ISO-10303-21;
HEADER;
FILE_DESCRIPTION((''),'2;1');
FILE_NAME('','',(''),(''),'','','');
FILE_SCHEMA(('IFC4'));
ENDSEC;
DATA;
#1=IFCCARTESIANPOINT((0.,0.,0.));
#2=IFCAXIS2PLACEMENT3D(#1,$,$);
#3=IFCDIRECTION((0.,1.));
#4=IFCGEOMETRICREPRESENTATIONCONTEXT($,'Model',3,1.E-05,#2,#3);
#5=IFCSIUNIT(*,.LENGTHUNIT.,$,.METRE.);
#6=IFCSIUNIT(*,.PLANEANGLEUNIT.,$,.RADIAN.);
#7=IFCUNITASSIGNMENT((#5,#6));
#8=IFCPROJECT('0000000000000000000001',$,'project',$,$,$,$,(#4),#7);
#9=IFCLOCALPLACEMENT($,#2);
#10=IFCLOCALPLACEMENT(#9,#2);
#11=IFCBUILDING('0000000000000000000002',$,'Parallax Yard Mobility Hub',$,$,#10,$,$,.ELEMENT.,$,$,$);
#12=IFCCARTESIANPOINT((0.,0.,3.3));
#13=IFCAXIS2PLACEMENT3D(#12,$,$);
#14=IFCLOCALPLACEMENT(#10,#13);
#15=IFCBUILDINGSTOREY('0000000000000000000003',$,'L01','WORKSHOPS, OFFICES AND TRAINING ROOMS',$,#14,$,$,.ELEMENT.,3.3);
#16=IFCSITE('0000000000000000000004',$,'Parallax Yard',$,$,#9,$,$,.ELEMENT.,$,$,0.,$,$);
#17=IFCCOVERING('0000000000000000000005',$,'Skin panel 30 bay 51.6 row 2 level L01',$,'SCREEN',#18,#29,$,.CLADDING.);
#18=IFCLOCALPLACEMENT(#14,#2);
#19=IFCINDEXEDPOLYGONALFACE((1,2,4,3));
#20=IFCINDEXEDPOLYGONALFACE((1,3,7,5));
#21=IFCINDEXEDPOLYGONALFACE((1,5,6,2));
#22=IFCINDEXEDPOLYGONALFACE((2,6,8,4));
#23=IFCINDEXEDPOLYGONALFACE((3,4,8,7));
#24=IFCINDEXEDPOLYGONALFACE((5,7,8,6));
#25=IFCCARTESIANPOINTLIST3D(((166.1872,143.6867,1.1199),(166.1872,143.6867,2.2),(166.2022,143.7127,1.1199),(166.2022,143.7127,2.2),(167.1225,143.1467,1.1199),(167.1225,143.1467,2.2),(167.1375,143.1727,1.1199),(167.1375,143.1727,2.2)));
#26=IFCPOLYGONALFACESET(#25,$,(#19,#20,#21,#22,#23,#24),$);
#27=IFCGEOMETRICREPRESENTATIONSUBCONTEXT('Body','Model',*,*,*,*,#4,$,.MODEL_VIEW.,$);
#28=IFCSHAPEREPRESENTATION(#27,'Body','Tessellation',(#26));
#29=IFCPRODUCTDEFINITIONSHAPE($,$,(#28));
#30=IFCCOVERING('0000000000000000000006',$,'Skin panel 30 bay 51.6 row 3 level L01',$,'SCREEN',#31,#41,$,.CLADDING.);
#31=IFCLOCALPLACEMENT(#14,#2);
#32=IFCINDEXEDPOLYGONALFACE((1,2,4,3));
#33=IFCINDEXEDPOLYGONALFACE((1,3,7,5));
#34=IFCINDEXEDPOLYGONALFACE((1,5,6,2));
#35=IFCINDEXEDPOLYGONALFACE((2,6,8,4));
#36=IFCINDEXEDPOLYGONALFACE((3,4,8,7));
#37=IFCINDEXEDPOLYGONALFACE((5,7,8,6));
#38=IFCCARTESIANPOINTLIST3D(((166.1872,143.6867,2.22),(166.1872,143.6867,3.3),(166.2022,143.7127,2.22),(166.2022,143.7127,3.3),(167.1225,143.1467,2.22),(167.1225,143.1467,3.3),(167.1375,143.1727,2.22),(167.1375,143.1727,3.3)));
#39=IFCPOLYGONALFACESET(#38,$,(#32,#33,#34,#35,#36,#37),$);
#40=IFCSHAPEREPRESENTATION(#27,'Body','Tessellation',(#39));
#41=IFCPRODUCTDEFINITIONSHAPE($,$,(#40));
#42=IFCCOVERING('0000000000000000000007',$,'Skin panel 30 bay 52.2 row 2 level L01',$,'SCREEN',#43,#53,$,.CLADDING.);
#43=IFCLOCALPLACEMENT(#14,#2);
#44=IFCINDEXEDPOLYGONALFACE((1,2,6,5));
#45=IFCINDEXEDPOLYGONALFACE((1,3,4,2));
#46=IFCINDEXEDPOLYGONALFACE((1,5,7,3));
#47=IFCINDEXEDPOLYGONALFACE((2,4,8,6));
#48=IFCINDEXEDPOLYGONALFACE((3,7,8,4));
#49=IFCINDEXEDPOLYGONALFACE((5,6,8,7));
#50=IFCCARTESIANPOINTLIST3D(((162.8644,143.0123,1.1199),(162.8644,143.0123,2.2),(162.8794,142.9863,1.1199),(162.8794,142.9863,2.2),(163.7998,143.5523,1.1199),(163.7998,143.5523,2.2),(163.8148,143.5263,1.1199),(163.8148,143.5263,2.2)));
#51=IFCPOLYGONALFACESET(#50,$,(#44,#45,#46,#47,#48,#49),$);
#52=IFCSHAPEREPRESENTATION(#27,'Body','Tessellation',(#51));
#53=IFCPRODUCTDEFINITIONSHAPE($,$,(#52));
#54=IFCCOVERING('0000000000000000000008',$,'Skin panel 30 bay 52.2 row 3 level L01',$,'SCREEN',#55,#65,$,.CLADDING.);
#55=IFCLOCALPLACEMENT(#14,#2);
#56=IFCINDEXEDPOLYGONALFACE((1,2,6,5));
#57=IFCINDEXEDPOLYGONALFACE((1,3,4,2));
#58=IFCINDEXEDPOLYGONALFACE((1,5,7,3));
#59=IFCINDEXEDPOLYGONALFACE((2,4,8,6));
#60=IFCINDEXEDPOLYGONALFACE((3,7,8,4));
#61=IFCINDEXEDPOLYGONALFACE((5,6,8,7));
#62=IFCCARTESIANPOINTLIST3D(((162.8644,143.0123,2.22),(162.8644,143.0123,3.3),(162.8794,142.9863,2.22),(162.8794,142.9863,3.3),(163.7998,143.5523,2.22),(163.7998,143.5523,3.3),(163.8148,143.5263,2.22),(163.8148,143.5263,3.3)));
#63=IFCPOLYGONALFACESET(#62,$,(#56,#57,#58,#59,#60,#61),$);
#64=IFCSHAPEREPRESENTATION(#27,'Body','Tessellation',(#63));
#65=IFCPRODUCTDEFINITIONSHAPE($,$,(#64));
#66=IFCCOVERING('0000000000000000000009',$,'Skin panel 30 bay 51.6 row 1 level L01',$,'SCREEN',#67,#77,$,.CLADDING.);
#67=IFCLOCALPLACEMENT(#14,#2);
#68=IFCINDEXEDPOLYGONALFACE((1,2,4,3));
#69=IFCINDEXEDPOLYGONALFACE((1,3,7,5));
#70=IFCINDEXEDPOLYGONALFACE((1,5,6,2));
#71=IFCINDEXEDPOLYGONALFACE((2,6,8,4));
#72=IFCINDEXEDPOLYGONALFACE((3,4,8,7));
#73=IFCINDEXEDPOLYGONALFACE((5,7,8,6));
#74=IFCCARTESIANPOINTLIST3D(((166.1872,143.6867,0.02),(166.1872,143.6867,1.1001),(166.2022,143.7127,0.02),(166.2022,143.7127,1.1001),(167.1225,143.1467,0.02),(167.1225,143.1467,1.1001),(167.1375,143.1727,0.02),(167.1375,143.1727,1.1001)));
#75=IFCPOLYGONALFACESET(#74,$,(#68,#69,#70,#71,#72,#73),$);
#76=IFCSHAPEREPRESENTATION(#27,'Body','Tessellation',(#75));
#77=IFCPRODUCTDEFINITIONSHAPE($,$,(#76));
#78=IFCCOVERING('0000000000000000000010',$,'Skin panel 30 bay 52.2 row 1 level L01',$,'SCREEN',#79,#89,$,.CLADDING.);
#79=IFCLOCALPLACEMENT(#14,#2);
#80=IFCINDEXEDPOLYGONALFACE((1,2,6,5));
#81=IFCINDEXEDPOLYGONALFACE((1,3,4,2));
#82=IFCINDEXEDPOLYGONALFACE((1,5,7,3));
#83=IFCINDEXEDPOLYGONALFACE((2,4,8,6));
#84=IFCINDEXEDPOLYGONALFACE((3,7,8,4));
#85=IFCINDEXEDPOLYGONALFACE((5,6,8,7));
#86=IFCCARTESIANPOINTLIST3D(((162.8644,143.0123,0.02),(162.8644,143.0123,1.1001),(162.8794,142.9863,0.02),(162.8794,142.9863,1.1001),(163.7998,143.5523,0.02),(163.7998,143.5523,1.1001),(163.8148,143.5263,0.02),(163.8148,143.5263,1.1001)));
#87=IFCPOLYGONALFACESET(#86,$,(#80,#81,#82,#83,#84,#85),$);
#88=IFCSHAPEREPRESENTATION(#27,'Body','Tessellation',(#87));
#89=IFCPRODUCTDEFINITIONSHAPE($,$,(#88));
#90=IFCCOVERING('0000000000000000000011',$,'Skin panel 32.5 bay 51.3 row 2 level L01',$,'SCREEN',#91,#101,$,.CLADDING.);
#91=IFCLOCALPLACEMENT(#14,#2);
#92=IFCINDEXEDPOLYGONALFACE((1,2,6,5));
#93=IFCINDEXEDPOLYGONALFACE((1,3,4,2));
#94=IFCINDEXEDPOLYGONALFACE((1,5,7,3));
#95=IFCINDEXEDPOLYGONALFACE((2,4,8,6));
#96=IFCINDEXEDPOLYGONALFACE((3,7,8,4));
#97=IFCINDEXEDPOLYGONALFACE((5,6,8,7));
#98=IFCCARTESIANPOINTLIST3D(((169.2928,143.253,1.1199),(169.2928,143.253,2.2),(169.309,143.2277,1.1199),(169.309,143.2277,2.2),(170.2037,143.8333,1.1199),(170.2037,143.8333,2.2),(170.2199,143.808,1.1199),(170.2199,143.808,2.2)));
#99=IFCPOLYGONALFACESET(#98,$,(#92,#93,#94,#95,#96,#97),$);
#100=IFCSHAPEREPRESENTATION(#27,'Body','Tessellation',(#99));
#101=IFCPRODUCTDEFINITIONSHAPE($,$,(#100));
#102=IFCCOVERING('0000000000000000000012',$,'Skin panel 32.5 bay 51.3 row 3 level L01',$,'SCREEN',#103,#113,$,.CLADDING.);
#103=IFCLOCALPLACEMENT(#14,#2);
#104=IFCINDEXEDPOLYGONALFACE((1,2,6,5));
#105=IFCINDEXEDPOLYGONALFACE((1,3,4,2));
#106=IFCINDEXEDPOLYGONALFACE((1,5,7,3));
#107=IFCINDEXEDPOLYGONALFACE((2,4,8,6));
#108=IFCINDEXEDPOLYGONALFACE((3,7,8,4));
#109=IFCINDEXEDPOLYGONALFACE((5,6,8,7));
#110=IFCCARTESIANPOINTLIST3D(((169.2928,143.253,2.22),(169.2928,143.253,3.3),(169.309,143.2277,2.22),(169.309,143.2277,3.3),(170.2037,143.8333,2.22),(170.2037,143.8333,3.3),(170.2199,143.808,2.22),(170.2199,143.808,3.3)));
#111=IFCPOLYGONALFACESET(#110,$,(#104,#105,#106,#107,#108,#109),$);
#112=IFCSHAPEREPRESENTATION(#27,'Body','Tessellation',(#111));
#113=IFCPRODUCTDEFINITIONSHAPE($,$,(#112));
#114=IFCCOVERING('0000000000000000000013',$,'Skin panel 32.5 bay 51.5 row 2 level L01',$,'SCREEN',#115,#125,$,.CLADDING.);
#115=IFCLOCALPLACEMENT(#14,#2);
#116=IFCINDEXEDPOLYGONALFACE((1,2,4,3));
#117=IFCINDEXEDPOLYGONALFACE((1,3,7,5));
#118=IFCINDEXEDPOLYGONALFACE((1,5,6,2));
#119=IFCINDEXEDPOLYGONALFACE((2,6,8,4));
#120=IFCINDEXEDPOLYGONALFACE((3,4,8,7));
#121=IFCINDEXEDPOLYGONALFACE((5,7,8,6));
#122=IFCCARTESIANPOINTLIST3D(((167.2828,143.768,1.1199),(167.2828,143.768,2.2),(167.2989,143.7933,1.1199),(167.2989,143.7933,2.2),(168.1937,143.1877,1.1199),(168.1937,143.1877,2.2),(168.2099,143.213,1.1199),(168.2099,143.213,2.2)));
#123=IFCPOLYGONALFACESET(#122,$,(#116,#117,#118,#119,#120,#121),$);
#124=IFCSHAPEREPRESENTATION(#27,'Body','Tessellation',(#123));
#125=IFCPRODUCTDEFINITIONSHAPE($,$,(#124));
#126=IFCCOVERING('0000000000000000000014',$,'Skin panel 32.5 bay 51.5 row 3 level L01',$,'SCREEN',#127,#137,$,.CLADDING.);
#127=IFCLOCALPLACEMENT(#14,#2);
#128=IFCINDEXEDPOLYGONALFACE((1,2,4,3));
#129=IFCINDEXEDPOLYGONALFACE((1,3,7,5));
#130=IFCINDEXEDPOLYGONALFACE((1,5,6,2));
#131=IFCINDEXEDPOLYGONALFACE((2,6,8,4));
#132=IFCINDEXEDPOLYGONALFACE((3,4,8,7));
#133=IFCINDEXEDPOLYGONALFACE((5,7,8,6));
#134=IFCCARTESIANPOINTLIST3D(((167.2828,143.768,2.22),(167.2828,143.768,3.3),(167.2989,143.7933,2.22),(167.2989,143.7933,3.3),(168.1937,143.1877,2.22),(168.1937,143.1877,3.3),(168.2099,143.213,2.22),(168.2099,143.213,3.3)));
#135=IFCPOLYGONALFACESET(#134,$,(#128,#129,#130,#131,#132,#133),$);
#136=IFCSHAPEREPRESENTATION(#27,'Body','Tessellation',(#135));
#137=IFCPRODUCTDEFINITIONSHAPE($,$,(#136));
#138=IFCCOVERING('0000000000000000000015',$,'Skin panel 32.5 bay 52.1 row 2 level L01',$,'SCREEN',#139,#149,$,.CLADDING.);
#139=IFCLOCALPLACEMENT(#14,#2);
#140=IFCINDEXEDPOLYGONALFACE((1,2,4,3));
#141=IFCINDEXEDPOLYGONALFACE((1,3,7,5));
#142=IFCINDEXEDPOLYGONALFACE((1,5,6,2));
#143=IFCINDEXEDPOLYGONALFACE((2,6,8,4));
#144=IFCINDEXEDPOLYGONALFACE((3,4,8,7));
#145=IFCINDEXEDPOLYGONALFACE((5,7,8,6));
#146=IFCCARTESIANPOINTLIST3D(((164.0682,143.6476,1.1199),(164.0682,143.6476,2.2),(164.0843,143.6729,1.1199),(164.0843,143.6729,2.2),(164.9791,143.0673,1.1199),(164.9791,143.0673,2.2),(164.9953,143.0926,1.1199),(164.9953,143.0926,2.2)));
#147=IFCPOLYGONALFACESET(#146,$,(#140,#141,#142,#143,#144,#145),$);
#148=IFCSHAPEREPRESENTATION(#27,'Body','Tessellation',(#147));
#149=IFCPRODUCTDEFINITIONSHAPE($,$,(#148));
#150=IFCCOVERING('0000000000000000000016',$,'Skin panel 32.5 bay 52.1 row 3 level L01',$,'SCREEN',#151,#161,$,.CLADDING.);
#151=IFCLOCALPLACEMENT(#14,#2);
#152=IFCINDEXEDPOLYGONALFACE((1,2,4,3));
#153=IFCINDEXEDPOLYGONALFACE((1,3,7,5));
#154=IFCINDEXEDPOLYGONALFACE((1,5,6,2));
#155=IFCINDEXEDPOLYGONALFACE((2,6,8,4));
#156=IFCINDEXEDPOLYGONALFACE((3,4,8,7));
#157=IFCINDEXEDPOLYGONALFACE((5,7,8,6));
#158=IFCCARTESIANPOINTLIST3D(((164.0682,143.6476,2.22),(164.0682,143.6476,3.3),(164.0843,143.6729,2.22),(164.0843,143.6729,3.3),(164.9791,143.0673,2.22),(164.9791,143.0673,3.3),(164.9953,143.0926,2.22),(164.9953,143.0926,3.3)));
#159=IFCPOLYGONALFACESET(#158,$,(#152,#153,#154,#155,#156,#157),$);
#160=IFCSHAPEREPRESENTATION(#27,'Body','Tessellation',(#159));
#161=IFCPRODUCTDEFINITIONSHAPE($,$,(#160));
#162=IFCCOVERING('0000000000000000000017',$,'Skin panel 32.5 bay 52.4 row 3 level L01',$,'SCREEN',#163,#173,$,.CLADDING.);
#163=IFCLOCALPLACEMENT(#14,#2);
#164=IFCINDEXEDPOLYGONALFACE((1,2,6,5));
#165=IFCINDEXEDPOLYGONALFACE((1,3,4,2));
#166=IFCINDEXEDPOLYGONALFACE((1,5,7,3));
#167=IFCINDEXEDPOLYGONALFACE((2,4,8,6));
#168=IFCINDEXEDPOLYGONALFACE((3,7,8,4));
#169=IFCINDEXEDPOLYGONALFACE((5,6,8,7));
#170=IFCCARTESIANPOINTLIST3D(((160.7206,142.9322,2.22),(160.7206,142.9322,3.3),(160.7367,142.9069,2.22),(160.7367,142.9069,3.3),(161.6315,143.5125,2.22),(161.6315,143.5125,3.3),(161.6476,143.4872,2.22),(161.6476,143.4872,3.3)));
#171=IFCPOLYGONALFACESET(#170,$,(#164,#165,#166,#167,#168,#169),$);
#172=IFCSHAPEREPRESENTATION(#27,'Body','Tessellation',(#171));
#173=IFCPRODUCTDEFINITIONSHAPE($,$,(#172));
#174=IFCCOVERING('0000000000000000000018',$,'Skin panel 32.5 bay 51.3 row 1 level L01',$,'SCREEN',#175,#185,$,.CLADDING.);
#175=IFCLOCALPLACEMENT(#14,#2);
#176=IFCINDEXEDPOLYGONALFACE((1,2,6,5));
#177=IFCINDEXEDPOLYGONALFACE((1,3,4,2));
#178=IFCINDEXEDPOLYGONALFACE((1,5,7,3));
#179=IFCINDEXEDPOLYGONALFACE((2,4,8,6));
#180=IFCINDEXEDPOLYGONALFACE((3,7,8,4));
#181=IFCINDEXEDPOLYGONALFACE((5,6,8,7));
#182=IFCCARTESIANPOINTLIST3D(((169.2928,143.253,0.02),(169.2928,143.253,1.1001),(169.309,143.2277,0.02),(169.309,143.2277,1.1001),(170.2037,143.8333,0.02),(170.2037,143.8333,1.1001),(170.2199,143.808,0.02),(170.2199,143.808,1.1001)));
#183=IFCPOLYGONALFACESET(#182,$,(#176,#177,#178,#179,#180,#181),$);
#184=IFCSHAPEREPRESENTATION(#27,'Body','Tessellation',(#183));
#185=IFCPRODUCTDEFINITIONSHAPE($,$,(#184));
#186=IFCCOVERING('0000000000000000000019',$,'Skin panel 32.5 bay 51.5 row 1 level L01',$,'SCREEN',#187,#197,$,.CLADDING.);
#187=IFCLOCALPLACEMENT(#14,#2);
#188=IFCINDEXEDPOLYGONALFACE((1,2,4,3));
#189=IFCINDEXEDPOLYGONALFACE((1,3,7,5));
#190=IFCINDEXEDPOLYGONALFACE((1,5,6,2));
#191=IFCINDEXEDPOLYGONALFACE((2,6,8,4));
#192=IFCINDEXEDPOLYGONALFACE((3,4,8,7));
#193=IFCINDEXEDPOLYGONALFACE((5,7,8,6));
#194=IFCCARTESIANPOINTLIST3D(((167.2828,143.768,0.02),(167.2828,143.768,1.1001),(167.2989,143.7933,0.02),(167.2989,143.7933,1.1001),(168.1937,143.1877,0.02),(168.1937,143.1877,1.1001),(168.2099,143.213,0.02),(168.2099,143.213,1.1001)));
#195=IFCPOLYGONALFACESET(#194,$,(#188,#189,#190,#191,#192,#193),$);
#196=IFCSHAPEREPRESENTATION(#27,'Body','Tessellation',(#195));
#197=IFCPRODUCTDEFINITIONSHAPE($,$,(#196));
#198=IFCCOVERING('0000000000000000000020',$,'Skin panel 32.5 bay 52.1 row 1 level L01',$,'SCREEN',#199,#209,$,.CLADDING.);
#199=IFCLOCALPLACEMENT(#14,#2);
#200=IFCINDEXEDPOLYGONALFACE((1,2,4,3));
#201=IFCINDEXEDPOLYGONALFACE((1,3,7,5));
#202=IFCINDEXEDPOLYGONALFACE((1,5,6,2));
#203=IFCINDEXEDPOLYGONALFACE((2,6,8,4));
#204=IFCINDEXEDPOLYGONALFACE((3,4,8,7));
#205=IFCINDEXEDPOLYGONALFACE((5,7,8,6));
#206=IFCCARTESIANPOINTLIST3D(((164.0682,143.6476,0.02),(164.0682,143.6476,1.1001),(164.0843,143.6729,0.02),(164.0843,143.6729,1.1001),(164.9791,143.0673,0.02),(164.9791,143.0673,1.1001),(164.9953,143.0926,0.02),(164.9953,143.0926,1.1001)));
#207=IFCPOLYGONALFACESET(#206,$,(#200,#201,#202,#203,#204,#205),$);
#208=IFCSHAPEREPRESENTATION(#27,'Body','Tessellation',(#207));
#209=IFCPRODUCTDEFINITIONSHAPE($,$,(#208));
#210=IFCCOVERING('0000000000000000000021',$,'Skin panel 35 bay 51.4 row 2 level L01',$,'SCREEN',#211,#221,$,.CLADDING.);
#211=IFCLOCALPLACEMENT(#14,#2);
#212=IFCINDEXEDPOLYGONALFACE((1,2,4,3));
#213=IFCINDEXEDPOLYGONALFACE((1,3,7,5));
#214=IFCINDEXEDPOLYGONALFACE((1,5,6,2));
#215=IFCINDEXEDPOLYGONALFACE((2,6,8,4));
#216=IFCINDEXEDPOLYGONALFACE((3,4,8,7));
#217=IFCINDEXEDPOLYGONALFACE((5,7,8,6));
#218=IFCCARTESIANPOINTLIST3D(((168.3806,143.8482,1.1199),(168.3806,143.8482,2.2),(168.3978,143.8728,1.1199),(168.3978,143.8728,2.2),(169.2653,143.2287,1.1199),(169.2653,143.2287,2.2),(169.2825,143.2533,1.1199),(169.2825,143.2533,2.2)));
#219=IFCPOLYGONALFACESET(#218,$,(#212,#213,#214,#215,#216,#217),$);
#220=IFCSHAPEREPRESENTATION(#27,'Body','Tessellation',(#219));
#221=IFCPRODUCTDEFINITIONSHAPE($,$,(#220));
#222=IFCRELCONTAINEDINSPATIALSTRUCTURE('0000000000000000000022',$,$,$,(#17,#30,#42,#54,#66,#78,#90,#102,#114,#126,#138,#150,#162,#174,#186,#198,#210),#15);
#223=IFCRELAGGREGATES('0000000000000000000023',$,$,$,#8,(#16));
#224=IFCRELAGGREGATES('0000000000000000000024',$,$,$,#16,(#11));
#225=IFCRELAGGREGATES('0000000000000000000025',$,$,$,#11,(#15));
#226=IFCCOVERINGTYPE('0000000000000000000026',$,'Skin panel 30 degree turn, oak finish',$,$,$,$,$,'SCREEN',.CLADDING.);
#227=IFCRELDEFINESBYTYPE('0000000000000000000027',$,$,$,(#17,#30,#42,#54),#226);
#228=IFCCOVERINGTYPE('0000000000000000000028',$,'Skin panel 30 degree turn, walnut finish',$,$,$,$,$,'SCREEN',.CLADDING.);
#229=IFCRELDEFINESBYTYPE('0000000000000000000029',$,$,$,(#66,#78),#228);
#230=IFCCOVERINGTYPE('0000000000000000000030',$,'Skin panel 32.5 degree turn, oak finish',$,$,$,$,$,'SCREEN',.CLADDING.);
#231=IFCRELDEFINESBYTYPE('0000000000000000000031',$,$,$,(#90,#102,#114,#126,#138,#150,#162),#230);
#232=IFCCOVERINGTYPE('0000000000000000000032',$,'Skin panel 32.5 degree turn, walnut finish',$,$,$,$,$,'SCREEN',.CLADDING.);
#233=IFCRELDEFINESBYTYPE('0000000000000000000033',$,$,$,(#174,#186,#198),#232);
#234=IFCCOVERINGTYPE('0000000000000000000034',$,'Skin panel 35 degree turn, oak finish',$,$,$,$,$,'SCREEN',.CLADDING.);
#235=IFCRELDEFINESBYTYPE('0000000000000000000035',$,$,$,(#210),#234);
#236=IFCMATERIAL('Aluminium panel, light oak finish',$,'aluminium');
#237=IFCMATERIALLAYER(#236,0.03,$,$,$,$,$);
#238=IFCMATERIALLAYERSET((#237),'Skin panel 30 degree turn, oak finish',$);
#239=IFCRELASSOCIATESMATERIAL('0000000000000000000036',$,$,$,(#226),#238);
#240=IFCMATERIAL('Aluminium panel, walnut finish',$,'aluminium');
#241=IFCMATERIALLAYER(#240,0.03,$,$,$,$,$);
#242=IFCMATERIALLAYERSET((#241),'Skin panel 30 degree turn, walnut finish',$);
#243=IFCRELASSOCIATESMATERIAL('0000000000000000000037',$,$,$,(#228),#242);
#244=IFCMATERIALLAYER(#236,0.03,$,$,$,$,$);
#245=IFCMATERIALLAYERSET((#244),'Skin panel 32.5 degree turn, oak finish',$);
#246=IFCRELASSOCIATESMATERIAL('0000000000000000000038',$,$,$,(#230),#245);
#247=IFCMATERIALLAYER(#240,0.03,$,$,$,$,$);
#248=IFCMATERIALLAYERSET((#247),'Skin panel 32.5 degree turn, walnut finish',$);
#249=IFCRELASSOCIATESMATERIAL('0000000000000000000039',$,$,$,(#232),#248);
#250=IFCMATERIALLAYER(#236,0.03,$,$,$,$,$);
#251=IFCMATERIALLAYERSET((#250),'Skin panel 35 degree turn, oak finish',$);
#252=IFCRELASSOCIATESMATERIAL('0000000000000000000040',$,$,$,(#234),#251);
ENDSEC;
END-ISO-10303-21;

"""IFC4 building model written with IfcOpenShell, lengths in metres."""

from ifc_helpers import new_model, si_unit, direction, frame, origin, origin_2d, place, context, subcontext, project, spatial, rectangle, extrude, material, layer, layer_set, type_object, element, save


model = new_model("IFC4")

# Units and contexts
model_context = context("Model", 3, precision=1e-05, world=origin(), true_north=direction((0.0, 1.0)))
body_context = subcontext(model_context, "Body", "Model", "MODEL_VIEW")
ifc_project = project(units=[si_unit("LENGTHUNIT", "METRE"), si_unit("PLANEANGLEUNIT", "RADIAN")], contexts=[model_context])

# Site, building, storey
site_placement = place(None, origin())
site = spatial("IfcSite", under=ifc_project, at=site_placement, Name="Parallax Yard", CompositionType="ELEMENT", RefElevation=0.0)
building_placement = place(site_placement, origin())
building = spatial("IfcBuilding", under=site, at=building_placement, Name="Parallax Yard Mobility Hub", CompositionType="ELEMENT")
storey_placement = place(building_placement, frame((0.0, 0.0, 3.3)))
storey = spatial("IfcBuildingStorey", under=building, at=storey_placement, Name="L01", Description="WORKSHOPS, OFFICES AND TRAINING ROOMS", CompositionType="ELEMENT", Elevation=3.3)

# Coverings
ifc_material_1 = material(Name="Aluminium panel, light oak finish", Category="aluminium")
ifc_layer_1 = layer(ifc_material_1, 0.03)
ifc_layer_set_1 = layer_set([ifc_layer_1], Name="Skin panel 30 degree turn, oak finish")
covering_type_1 = type_object("IfcCoveringType", Name="Skin panel 30 degree turn, oak finish", ElementType="SCREEN", PredefinedType="CLADDING", material=ifc_layer_set_1)
for number, where, z_axis, x_axis, name in (
    (1, (166.6624, 143.4297, 1.1199), (0.0, 0.0, 1.0), (-0.866025, 0.5, 0.0), "Skin panel 30 bay 51.6 row 2 level L01"),
    (2, (166.6624, 143.4297, 2.22), (0.0, 0.0, 1.0), (-0.866025, 0.5, 0.0), "Skin panel 30 bay 51.6 row 3 level L01"),
    (3, (163.3396, 143.2693, 1.1199), (0.0, 0.0, 1.0), (0.866025, 0.5, 0.0), "Skin panel 30 bay 52.2 row 2 level L01"),
    (4, (163.3396, 143.2693, 2.22), (0.0, 0.0, 1.0), (0.866025, 0.5, 0.0), "Skin panel 30 bay 52.2 row 3 level L01"),
):
    element("IfcCovering", number, at=place(storey_placement, frame(where, z_axis=z_axis, x_axis=x_axis)), inside=storey, type_object=covering_type_1, Name=name, ObjectType="SCREEN", PredefinedType="CLADDING", context=body_context, shape_type="SweptSolid", body=[
        extrude(rectangle(XDim=1.0801, YDim=0.03, at=origin_2d()), origin(), (0.0, 0.0, 1.0), 1.0801),
    ])
ifc_material_2 = material(Name="Aluminium panel, walnut finish", Category="aluminium")
ifc_layer_2 = layer(ifc_material_2, 0.03)
ifc_layer_set_2 = layer_set([ifc_layer_2], Name="Skin panel 30 degree turn, walnut finish")
covering_type_2 = type_object("IfcCoveringType", Name="Skin panel 30 degree turn, walnut finish", ElementType="SCREEN", PredefinedType="CLADDING", material=ifc_layer_set_2)
for number, where, z_axis, x_axis, name in (
    (5, (166.6624, 143.4297, 0.02), (0.0, 0.0, 1.0), (-0.866025, 0.5, 0.0), "Skin panel 30 bay 51.6 row 1 level L01"),
    (6, (163.3396, 143.2693, 0.02), (0.0, 0.0, 1.0), (0.866025, 0.5, 0.0), "Skin panel 30 bay 52.2 row 1 level L01"),
):
    element("IfcCovering", number, at=place(storey_placement, frame(where, z_axis=z_axis, x_axis=x_axis)), inside=storey, type_object=covering_type_2, Name=name, ObjectType="SCREEN", PredefinedType="CLADDING", context=body_context, shape_type="SweptSolid", body=[
        extrude(rectangle(XDim=1.0801, YDim=0.03, at=origin_2d()), origin(), (0.0, 0.0, 1.0), 1.0801),
    ])
ifc_layer_3 = layer(ifc_material_1, 0.03)
ifc_layer_set_3 = layer_set([ifc_layer_3], Name="Skin panel 32.5 degree turn, oak finish")
covering_type_3 = type_object("IfcCoveringType", Name="Skin panel 32.5 degree turn, oak finish", ElementType="SCREEN", PredefinedType="CLADDING", material=ifc_layer_set_3)
for number, where, z_axis, x_axis, name in (
    (7, (169.7563, 143.5305, 1.1199), (0.0, 0.0, 1.0), (0.843391, 0.5373, 0.0), "Skin panel 32.5 bay 51.3 row 2 level L01"),
    (8, (169.7563, 143.5305, 2.22), (0.0, 0.0, 1.0), (0.843391, 0.5373, 0.0), "Skin panel 32.5 bay 51.3 row 3 level L01"),
    (9, (167.7463, 143.4905, 1.1199), (0.0, 0.0, 1.0), (-0.843391, 0.5373, 0.0), "Skin panel 32.5 bay 51.5 row 2 level L01"),
    (10, (167.7463, 143.4905, 2.22), (0.0, 0.0, 1.0), (-0.843391, 0.5373, 0.0), "Skin panel 32.5 bay 51.5 row 3 level L01"),
    (11, (164.5317, 143.3701, 1.1199), (0.0, 0.0, 1.0), (-0.843391, 0.5373, 0.0), "Skin panel 32.5 bay 52.1 row 2 level L01"),
    (12, (164.5317, 143.3701, 2.22), (0.0, 0.0, 1.0), (-0.843391, 0.5373, 0.0), "Skin panel 32.5 bay 52.1 row 3 level L01"),
    (13, (161.1841, 143.2097, 2.22), (0.0, 0.0, 1.0), (0.843391, 0.5373, 0.0), "Skin panel 32.5 bay 52.4 row 3 level L01"),
):
    element("IfcCovering", number, at=place(storey_placement, frame(where, z_axis=z_axis, x_axis=x_axis)), inside=storey, type_object=covering_type_3, Name=name, ObjectType="SCREEN", PredefinedType="CLADDING", context=body_context, shape_type="SweptSolid", body=[
        extrude(rectangle(XDim=1.0801, YDim=0.03, at=origin_2d()), origin(), (0.0, 0.0, 1.0), 1.0801),
    ])
ifc_layer_4 = layer(ifc_material_2, 0.03)
ifc_layer_set_4 = layer_set([ifc_layer_4], Name="Skin panel 32.5 degree turn, walnut finish")
covering_type_4 = type_object("IfcCoveringType", Name="Skin panel 32.5 degree turn, walnut finish", ElementType="SCREEN", PredefinedType="CLADDING", material=ifc_layer_set_4)
for number, where, z_axis, x_axis, name in (
    (14, (169.7563, 143.5305, 0.02), (0.0, 0.0, 1.0), (0.843391, 0.5373, 0.0), "Skin panel 32.5 bay 51.3 row 1 level L01"),
    (15, (167.7463, 143.4905, 0.02), (0.0, 0.0, 1.0), (-0.843391, 0.5373, 0.0), "Skin panel 32.5 bay 51.5 row 1 level L01"),
    (16, (164.5317, 143.3701, 0.02), (0.0, 0.0, 1.0), (-0.843391, 0.5373, 0.0), "Skin panel 32.5 bay 52.1 row 1 level L01"),
):
    element("IfcCovering", number, at=place(storey_placement, frame(where, z_axis=z_axis, x_axis=x_axis)), inside=storey, type_object=covering_type_4, Name=name, ObjectType="SCREEN", PredefinedType="CLADDING", context=body_context, shape_type="SweptSolid", body=[
        extrude(rectangle(XDim=1.0801, YDim=0.03, at=origin_2d()), origin(), (0.0, 0.0, 1.0), 1.0801),
    ])
ifc_layer_5 = layer(ifc_material_1, 0.03)
ifc_layer_set_5 = layer_set([ifc_layer_5], Name="Skin panel 35 degree turn, oak finish")
covering_type_5 = type_object("IfcCoveringType", Name="Skin panel 35 degree turn, oak finish", ElementType="SCREEN", PredefinedType="CLADDING", material=ifc_layer_set_5)
for number, where, z_axis, x_axis, name in (
    (17, (168.8315, 143.5508, 1.1199), (0.0, 0.0, 1.0), (-0.819152, 0.573576, 0.0), "Skin panel 35 bay 51.4 row 2 level L01"),
):
    element("IfcCovering", number, at=place(storey_placement, frame(where, z_axis=z_axis, x_axis=x_axis)), inside=storey, type_object=covering_type_5, Name=name, ObjectType="SCREEN", PredefinedType="CLADDING", context=body_context, shape_type="SweptSolid", body=[
        extrude(rectangle(XDim=1.0801, YDim=0.03, at=origin_2d()), origin(), (0.0, 0.0, 1.0), 1.0801),
    ])

save(model, "model.ifc")
